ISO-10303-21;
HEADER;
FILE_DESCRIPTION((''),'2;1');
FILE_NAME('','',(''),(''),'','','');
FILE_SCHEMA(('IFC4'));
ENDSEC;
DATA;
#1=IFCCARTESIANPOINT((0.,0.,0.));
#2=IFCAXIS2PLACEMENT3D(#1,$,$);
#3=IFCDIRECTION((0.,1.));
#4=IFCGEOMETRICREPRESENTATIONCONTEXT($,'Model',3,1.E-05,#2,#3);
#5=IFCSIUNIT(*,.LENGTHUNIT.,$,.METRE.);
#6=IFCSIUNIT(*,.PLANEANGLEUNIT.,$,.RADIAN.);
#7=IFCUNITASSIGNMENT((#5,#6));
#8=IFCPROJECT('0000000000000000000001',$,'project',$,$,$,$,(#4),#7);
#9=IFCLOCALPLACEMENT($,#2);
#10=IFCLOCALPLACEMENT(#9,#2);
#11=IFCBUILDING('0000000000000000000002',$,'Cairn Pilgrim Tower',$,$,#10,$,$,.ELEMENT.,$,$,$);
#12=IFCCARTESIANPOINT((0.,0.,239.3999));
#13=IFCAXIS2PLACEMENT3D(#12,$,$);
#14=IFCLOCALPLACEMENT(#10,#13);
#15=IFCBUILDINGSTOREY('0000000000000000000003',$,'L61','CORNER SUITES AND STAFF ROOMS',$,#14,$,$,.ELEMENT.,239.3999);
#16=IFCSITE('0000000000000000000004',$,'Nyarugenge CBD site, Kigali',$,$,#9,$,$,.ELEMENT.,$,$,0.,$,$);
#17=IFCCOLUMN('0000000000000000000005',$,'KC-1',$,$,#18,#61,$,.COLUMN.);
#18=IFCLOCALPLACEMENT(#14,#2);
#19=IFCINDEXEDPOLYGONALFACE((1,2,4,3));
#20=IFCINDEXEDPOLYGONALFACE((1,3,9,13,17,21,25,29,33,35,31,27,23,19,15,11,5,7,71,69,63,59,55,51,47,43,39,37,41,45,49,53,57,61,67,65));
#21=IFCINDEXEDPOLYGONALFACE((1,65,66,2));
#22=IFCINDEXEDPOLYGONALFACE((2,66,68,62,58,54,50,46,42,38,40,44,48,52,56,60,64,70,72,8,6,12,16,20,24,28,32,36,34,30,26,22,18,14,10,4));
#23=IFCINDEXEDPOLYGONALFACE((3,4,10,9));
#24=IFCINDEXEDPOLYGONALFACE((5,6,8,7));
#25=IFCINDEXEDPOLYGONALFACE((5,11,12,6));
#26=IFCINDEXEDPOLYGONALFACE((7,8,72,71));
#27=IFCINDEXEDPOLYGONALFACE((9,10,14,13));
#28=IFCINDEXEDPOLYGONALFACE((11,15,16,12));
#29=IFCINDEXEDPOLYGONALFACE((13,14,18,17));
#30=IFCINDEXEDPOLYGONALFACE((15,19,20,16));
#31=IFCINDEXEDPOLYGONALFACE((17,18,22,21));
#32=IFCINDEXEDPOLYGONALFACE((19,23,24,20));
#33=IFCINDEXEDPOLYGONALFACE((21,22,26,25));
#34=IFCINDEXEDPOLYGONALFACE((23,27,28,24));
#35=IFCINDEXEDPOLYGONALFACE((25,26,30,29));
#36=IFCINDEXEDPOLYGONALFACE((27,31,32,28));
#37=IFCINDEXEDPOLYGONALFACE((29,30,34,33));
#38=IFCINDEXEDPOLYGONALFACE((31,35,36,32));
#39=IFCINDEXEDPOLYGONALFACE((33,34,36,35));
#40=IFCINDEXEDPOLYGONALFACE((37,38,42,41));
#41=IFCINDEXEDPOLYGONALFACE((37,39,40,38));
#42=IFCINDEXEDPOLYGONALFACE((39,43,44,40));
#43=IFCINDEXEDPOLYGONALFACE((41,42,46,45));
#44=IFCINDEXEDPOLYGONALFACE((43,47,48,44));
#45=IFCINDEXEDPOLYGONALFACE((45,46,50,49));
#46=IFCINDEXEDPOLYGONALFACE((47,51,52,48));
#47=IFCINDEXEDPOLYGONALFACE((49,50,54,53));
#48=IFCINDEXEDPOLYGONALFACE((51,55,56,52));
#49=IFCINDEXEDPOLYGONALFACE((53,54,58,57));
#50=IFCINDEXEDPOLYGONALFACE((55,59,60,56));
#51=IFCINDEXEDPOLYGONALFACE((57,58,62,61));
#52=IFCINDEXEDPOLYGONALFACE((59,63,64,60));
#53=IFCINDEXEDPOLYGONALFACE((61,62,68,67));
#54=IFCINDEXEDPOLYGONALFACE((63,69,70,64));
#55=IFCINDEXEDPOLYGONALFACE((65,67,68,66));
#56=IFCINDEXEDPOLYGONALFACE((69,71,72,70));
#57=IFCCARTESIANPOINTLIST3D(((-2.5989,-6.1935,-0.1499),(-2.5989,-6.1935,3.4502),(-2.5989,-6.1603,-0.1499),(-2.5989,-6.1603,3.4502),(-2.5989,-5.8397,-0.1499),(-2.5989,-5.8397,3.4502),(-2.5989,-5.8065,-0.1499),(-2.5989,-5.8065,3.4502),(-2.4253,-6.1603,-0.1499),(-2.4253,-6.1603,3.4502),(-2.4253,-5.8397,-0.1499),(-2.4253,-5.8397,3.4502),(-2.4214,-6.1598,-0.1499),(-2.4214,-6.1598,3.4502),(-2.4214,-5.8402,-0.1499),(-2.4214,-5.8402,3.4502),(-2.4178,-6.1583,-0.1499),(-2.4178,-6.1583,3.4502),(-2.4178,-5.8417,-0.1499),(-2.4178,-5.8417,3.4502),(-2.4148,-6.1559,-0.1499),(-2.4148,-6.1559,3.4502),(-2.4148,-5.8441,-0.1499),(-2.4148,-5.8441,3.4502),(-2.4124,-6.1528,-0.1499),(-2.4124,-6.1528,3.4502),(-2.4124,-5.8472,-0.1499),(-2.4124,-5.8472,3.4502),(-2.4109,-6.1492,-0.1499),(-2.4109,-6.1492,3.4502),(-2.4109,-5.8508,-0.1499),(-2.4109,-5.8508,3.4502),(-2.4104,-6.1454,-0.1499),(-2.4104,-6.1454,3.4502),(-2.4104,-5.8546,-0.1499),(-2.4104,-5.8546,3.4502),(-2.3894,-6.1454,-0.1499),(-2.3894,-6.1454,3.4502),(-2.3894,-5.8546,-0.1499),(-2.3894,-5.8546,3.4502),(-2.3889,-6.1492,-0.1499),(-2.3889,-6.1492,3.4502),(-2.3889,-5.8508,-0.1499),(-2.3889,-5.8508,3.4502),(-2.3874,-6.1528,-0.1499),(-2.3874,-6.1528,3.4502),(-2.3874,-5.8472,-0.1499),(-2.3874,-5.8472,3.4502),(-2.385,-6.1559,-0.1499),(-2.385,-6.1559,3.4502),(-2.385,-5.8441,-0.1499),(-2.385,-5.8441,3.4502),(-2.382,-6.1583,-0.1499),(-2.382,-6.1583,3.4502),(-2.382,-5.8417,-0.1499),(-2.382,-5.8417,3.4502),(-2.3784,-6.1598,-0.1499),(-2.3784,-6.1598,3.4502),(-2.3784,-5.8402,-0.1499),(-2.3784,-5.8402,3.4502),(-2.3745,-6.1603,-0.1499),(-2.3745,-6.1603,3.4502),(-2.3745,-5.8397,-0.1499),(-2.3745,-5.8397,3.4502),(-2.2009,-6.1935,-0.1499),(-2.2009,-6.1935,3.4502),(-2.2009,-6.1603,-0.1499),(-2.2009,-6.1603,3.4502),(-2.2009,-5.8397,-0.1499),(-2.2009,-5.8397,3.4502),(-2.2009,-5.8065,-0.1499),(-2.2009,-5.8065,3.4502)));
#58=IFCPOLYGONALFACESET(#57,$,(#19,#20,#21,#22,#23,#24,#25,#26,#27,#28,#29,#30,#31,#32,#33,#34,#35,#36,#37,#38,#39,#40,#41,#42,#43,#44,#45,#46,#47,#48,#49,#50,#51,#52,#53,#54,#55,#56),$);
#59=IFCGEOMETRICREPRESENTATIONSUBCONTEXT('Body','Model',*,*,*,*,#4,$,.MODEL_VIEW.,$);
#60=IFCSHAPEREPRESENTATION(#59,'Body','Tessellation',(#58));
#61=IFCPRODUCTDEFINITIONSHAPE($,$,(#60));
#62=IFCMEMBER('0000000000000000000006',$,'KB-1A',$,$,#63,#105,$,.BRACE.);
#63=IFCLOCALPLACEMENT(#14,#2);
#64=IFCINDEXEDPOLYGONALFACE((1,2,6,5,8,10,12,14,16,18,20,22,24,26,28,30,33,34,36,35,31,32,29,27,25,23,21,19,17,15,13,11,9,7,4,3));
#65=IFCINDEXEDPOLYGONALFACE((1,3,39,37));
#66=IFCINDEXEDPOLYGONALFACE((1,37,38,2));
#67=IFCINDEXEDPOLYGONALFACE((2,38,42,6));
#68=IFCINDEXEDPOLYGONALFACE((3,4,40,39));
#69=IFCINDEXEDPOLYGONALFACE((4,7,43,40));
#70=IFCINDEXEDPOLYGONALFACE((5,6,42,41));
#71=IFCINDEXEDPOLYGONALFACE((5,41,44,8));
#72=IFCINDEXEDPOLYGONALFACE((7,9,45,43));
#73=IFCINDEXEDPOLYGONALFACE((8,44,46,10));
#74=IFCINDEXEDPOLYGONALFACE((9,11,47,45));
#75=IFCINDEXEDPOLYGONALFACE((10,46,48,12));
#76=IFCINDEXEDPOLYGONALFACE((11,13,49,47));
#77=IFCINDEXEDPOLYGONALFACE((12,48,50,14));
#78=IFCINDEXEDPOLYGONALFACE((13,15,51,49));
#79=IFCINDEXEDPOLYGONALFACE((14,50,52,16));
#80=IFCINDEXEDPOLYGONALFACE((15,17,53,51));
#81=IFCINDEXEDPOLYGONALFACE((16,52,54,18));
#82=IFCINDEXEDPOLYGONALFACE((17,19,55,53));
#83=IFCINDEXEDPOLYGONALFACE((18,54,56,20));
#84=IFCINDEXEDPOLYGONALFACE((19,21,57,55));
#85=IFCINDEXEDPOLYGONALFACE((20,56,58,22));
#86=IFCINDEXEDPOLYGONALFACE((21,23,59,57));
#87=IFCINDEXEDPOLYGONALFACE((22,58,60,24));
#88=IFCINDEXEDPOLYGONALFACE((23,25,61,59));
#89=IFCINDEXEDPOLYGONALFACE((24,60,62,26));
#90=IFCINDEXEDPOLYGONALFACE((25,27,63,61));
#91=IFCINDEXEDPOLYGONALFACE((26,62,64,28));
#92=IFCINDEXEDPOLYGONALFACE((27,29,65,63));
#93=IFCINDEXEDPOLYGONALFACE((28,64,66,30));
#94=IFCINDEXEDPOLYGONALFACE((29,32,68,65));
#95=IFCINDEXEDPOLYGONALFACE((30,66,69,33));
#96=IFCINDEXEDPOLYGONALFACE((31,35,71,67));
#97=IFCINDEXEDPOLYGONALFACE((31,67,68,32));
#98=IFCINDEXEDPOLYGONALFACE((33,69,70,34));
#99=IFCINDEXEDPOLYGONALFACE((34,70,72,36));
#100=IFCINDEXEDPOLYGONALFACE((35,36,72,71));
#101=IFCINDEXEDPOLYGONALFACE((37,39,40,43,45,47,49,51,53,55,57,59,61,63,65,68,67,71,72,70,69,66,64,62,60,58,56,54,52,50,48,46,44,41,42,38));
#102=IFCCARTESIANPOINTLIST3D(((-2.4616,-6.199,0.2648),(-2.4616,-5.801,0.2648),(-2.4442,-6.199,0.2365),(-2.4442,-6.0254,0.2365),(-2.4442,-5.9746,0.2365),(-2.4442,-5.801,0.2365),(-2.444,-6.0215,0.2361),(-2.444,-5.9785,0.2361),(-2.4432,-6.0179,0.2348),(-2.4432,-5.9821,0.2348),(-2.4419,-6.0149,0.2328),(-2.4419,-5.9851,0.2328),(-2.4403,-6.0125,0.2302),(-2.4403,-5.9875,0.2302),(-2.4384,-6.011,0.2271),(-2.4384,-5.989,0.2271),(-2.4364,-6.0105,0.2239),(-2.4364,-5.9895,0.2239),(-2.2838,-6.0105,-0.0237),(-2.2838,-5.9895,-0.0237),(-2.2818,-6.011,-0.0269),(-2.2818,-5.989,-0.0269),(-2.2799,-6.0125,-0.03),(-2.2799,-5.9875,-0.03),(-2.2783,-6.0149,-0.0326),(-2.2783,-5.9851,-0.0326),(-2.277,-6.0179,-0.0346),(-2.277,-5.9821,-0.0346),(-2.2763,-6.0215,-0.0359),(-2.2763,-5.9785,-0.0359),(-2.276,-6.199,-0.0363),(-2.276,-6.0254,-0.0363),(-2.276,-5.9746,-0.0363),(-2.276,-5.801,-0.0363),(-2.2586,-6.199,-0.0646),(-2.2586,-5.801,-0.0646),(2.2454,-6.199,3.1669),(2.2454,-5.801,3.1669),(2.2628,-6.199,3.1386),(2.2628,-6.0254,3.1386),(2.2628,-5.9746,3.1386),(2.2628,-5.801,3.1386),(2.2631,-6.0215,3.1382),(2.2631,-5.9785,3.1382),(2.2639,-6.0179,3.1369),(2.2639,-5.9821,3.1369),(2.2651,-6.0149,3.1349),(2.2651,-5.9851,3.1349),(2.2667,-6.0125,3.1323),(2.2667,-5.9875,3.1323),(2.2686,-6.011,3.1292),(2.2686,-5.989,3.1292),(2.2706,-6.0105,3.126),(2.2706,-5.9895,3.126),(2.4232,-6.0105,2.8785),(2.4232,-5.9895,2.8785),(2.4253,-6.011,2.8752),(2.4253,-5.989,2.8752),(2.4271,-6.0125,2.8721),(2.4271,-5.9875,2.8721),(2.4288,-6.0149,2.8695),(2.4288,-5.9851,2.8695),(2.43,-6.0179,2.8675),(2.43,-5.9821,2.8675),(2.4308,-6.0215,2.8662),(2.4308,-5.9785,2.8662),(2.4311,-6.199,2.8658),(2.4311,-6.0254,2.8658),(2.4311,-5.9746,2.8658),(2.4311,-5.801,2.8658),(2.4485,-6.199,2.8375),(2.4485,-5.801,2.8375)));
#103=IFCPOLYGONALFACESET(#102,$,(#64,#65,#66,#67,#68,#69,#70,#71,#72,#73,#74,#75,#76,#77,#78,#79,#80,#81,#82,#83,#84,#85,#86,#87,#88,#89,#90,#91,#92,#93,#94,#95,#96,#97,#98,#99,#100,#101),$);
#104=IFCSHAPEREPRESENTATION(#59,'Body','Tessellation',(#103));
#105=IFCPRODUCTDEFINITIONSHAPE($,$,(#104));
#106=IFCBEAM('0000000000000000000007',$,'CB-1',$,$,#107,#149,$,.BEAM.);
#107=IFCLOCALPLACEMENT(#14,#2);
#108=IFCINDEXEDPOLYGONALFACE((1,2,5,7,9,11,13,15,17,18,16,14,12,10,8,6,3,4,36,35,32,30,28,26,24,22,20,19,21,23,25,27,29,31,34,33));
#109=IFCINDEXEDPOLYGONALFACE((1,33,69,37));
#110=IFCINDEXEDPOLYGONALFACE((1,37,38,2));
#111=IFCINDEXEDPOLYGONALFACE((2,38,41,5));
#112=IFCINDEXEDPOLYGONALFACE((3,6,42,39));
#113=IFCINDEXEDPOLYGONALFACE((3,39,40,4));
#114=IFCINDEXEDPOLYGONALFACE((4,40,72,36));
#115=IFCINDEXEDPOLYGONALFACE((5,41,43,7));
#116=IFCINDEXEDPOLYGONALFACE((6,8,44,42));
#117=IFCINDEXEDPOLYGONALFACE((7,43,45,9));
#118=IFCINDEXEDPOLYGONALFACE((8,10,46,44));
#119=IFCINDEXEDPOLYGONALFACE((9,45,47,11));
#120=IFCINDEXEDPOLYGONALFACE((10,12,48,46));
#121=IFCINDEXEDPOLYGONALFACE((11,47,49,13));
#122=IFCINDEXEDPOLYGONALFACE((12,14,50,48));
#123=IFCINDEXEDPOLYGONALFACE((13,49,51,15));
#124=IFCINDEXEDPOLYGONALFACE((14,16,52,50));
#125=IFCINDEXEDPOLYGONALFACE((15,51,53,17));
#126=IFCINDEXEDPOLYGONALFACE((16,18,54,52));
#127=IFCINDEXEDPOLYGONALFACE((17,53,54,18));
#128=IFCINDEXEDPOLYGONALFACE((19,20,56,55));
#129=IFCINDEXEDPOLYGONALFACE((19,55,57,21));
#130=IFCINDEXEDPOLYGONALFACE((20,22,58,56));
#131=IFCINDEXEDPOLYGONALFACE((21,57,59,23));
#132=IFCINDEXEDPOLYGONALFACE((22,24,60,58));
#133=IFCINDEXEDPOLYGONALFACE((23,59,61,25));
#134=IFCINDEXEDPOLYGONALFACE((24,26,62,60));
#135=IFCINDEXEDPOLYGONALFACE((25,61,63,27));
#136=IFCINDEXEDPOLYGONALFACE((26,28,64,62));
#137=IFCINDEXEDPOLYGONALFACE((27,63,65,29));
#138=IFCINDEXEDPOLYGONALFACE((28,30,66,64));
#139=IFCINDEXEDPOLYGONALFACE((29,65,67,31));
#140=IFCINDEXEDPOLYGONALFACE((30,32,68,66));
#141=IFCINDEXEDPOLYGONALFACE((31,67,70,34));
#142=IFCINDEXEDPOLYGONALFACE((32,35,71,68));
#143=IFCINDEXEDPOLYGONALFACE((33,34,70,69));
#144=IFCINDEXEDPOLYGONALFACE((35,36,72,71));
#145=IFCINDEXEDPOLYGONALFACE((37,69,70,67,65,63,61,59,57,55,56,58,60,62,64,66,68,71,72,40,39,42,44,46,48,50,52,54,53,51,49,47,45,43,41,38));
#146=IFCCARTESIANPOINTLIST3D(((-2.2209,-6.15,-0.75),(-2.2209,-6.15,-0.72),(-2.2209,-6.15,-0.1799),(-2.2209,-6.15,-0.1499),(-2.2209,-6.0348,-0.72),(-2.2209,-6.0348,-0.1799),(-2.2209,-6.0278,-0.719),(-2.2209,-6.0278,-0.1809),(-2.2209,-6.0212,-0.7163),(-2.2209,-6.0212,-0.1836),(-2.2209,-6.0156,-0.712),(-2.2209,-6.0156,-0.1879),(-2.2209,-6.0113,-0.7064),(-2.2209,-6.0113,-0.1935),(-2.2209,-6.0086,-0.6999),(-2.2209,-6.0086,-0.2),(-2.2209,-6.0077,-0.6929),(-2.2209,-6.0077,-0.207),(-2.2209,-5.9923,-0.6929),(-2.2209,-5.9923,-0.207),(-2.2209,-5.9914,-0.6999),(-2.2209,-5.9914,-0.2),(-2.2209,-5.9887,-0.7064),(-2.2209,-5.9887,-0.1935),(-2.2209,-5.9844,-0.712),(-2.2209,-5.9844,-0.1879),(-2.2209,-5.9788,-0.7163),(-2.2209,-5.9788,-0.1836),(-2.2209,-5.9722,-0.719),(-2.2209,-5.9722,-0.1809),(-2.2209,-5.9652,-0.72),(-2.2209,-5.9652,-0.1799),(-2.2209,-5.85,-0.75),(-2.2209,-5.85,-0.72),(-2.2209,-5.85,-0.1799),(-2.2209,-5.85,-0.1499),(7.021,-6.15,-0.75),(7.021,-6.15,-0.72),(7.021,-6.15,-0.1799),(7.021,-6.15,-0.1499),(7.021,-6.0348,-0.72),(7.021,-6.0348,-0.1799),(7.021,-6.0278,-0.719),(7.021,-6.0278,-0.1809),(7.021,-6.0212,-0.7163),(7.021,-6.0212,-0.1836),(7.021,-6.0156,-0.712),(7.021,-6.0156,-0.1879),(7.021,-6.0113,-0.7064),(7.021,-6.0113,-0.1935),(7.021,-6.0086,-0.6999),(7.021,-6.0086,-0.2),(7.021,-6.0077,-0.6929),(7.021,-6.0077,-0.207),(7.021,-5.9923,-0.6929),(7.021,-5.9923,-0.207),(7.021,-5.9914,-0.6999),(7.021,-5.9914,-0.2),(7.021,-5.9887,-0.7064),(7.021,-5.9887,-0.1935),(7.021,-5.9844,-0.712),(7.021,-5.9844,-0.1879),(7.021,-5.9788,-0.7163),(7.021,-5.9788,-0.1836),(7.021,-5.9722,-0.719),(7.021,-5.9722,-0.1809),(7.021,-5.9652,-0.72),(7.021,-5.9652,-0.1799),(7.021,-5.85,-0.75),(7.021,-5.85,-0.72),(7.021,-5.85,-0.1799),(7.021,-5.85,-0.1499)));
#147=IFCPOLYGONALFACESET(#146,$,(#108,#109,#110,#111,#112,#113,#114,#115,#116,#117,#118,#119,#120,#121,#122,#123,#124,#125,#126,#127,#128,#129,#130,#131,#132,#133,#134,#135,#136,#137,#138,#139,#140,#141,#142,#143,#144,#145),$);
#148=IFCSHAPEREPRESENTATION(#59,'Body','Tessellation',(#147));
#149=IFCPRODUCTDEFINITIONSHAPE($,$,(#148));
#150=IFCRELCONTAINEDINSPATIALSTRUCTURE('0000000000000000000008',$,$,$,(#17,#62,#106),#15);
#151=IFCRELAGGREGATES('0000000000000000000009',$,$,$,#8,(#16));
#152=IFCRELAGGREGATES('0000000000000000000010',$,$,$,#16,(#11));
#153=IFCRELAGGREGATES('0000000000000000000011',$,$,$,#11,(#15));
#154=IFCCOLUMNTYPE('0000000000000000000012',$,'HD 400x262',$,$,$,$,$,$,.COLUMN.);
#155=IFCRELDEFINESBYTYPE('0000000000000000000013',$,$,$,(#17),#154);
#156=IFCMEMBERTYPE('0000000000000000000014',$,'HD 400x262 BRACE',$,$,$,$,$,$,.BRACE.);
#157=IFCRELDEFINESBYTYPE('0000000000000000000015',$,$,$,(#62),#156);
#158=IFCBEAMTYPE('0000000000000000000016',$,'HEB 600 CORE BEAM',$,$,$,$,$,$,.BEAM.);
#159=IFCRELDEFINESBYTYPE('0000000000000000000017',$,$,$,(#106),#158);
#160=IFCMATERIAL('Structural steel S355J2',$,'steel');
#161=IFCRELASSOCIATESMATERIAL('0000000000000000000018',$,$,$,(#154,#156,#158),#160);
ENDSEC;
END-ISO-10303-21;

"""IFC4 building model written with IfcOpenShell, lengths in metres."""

from ifc_helpers import new_model, si_unit, direction, frame, origin, origin_2d, place, context, subcontext, project, spatial, i_section, extrude, material, material_profile, profile_set, type_object, element, save


model = new_model("IFC4")

# Units and contexts
model_context = context("Model", 3, precision=1e-05, world=origin(), true_north=direction((0.0, 1.0)))
body_context = subcontext(model_context, "Body", "Model", "MODEL_VIEW")
ifc_project = project(units=[si_unit("LENGTHUNIT", "METRE"), si_unit("PLANEANGLEUNIT", "RADIAN")], contexts=[model_context])

# Site, building, storey
site_placement = place(None, origin())
site = spatial("IfcSite", under=ifc_project, at=site_placement, Name="Nyarugenge CBD site, Kigali", CompositionType="ELEMENT", RefElevation=0.0)
building_placement = place(site_placement, origin())
building = spatial("IfcBuilding", under=site, at=building_placement, Name="Cairn Pilgrim Tower", CompositionType="ELEMENT")
storey_placement = place(building_placement, frame((0.0, 0.0, 239.3999)))
storey = spatial("IfcBuildingStorey", under=building, at=storey_placement, Name="L61", Description="CORNER SUITES AND STAFF ROOMS", CompositionType="ELEMENT", Elevation=239.3999)

# Column
ifc_material_1 = material(Name="Structural steel S355J2", Category="steel")
ifc_material_profile_1 = material_profile(ifc_material_1, i_section(OverallWidth=0.3979, OverallDepth=0.387, WebThickness=0.021, FlangeThickness=0.0332, FilletRadius=0.0149, at=origin_2d()), Name="HD 400x262")
ifc_profile_set_1 = profile_set([ifc_material_profile_1], Name="Structural steel S355J2")
column_type = type_object("IfcColumnType", Name="HD 400x262", PredefinedType="COLUMN", material=ifc_profile_set_1)
column_placement = place(storey_placement, frame((-2.3999, -6.0, -0.1499), z_axis=(0.0, 0.0, 1.0), x_axis=(1.0, 0.0, 0.0)))
element("IfcColumn", 1, at=column_placement, inside=storey, type_object=column_type, Name="KC-1", PredefinedType="COLUMN", context=body_context, shape_type="SweptSolid", body=[
    extrude(i_section(OverallWidth=0.3979, OverallDepth=0.387, WebThickness=0.021, FlangeThickness=0.0332, FilletRadius=0.0149, at=origin_2d()), origin(), (0.0, 0.0, 1.0), 3.6001),
])

# Member
ifc_material_profile_2 = material_profile(ifc_material_1, i_section(OverallWidth=0.3979, OverallDepth=0.387, WebThickness=0.021, FlangeThickness=0.0332, FilletRadius=0.0149, at=origin_2d()), Name="HD 400x262")
ifc_profile_set_2 = profile_set([ifc_material_profile_2], Name="Structural steel S355J2")
member_type = type_object("IfcMemberType", Name="HD 400x262 BRACE", PredefinedType="BRACE", material=ifc_profile_set_2)
member_placement = place(storey_placement, frame((-2.3601, -6.0, 0.1001), z_axis=(0.851217, 0.0, 0.524814), x_axis=(0.0, 1.0, 0.0)))
element("IfcMember", 2, at=member_placement, inside=storey, type_object=member_type, Name="KB-1A", PredefinedType="BRACE", context=body_context, shape_type="SweptSolid", body=[
    extrude(i_section(OverallWidth=0.3979, OverallDepth=0.387, WebThickness=0.021, FlangeThickness=0.0332, FilletRadius=0.0149, at=origin_2d()), origin(), (0.0, 0.0, 1.0), 5.5298),
])

# Beam
ifc_material_profile_3 = material_profile(ifc_material_1, i_section(OverallWidth=0.3, OverallDepth=0.6001, WebThickness=0.0154, FlangeThickness=0.03, FilletRadius=0.0271, at=origin_2d()), Name="HEB 600")
ifc_profile_set_3 = profile_set([ifc_material_profile_3], Name="Structural steel S355J2")
beam_type_1 = type_object("IfcBeamType", Name="HEB 600 CORE BEAM", PredefinedType="BEAM", material=ifc_profile_set_3)
beam_1_placement = place(storey_placement, frame((-2.2209, -6.0, -0.45), z_axis=(1.0, 0.0, 0.0), x_axis=(0.0, 1.0, 0.0)))
element("IfcBeam", 3, at=beam_1_placement, inside=storey, type_object=beam_type_1, Name="CB-1", PredefinedType="BEAM", context=body_context, shape_type="SweptSolid", body=[
    extrude(i_section(OverallWidth=0.3, OverallDepth=0.6001, WebThickness=0.0154, FlangeThickness=0.03, FilletRadius=0.0271, at=origin_2d()), origin(), (0.0, 0.0, 1.0), 9.2419),
])

save(model, "model.ifc")
